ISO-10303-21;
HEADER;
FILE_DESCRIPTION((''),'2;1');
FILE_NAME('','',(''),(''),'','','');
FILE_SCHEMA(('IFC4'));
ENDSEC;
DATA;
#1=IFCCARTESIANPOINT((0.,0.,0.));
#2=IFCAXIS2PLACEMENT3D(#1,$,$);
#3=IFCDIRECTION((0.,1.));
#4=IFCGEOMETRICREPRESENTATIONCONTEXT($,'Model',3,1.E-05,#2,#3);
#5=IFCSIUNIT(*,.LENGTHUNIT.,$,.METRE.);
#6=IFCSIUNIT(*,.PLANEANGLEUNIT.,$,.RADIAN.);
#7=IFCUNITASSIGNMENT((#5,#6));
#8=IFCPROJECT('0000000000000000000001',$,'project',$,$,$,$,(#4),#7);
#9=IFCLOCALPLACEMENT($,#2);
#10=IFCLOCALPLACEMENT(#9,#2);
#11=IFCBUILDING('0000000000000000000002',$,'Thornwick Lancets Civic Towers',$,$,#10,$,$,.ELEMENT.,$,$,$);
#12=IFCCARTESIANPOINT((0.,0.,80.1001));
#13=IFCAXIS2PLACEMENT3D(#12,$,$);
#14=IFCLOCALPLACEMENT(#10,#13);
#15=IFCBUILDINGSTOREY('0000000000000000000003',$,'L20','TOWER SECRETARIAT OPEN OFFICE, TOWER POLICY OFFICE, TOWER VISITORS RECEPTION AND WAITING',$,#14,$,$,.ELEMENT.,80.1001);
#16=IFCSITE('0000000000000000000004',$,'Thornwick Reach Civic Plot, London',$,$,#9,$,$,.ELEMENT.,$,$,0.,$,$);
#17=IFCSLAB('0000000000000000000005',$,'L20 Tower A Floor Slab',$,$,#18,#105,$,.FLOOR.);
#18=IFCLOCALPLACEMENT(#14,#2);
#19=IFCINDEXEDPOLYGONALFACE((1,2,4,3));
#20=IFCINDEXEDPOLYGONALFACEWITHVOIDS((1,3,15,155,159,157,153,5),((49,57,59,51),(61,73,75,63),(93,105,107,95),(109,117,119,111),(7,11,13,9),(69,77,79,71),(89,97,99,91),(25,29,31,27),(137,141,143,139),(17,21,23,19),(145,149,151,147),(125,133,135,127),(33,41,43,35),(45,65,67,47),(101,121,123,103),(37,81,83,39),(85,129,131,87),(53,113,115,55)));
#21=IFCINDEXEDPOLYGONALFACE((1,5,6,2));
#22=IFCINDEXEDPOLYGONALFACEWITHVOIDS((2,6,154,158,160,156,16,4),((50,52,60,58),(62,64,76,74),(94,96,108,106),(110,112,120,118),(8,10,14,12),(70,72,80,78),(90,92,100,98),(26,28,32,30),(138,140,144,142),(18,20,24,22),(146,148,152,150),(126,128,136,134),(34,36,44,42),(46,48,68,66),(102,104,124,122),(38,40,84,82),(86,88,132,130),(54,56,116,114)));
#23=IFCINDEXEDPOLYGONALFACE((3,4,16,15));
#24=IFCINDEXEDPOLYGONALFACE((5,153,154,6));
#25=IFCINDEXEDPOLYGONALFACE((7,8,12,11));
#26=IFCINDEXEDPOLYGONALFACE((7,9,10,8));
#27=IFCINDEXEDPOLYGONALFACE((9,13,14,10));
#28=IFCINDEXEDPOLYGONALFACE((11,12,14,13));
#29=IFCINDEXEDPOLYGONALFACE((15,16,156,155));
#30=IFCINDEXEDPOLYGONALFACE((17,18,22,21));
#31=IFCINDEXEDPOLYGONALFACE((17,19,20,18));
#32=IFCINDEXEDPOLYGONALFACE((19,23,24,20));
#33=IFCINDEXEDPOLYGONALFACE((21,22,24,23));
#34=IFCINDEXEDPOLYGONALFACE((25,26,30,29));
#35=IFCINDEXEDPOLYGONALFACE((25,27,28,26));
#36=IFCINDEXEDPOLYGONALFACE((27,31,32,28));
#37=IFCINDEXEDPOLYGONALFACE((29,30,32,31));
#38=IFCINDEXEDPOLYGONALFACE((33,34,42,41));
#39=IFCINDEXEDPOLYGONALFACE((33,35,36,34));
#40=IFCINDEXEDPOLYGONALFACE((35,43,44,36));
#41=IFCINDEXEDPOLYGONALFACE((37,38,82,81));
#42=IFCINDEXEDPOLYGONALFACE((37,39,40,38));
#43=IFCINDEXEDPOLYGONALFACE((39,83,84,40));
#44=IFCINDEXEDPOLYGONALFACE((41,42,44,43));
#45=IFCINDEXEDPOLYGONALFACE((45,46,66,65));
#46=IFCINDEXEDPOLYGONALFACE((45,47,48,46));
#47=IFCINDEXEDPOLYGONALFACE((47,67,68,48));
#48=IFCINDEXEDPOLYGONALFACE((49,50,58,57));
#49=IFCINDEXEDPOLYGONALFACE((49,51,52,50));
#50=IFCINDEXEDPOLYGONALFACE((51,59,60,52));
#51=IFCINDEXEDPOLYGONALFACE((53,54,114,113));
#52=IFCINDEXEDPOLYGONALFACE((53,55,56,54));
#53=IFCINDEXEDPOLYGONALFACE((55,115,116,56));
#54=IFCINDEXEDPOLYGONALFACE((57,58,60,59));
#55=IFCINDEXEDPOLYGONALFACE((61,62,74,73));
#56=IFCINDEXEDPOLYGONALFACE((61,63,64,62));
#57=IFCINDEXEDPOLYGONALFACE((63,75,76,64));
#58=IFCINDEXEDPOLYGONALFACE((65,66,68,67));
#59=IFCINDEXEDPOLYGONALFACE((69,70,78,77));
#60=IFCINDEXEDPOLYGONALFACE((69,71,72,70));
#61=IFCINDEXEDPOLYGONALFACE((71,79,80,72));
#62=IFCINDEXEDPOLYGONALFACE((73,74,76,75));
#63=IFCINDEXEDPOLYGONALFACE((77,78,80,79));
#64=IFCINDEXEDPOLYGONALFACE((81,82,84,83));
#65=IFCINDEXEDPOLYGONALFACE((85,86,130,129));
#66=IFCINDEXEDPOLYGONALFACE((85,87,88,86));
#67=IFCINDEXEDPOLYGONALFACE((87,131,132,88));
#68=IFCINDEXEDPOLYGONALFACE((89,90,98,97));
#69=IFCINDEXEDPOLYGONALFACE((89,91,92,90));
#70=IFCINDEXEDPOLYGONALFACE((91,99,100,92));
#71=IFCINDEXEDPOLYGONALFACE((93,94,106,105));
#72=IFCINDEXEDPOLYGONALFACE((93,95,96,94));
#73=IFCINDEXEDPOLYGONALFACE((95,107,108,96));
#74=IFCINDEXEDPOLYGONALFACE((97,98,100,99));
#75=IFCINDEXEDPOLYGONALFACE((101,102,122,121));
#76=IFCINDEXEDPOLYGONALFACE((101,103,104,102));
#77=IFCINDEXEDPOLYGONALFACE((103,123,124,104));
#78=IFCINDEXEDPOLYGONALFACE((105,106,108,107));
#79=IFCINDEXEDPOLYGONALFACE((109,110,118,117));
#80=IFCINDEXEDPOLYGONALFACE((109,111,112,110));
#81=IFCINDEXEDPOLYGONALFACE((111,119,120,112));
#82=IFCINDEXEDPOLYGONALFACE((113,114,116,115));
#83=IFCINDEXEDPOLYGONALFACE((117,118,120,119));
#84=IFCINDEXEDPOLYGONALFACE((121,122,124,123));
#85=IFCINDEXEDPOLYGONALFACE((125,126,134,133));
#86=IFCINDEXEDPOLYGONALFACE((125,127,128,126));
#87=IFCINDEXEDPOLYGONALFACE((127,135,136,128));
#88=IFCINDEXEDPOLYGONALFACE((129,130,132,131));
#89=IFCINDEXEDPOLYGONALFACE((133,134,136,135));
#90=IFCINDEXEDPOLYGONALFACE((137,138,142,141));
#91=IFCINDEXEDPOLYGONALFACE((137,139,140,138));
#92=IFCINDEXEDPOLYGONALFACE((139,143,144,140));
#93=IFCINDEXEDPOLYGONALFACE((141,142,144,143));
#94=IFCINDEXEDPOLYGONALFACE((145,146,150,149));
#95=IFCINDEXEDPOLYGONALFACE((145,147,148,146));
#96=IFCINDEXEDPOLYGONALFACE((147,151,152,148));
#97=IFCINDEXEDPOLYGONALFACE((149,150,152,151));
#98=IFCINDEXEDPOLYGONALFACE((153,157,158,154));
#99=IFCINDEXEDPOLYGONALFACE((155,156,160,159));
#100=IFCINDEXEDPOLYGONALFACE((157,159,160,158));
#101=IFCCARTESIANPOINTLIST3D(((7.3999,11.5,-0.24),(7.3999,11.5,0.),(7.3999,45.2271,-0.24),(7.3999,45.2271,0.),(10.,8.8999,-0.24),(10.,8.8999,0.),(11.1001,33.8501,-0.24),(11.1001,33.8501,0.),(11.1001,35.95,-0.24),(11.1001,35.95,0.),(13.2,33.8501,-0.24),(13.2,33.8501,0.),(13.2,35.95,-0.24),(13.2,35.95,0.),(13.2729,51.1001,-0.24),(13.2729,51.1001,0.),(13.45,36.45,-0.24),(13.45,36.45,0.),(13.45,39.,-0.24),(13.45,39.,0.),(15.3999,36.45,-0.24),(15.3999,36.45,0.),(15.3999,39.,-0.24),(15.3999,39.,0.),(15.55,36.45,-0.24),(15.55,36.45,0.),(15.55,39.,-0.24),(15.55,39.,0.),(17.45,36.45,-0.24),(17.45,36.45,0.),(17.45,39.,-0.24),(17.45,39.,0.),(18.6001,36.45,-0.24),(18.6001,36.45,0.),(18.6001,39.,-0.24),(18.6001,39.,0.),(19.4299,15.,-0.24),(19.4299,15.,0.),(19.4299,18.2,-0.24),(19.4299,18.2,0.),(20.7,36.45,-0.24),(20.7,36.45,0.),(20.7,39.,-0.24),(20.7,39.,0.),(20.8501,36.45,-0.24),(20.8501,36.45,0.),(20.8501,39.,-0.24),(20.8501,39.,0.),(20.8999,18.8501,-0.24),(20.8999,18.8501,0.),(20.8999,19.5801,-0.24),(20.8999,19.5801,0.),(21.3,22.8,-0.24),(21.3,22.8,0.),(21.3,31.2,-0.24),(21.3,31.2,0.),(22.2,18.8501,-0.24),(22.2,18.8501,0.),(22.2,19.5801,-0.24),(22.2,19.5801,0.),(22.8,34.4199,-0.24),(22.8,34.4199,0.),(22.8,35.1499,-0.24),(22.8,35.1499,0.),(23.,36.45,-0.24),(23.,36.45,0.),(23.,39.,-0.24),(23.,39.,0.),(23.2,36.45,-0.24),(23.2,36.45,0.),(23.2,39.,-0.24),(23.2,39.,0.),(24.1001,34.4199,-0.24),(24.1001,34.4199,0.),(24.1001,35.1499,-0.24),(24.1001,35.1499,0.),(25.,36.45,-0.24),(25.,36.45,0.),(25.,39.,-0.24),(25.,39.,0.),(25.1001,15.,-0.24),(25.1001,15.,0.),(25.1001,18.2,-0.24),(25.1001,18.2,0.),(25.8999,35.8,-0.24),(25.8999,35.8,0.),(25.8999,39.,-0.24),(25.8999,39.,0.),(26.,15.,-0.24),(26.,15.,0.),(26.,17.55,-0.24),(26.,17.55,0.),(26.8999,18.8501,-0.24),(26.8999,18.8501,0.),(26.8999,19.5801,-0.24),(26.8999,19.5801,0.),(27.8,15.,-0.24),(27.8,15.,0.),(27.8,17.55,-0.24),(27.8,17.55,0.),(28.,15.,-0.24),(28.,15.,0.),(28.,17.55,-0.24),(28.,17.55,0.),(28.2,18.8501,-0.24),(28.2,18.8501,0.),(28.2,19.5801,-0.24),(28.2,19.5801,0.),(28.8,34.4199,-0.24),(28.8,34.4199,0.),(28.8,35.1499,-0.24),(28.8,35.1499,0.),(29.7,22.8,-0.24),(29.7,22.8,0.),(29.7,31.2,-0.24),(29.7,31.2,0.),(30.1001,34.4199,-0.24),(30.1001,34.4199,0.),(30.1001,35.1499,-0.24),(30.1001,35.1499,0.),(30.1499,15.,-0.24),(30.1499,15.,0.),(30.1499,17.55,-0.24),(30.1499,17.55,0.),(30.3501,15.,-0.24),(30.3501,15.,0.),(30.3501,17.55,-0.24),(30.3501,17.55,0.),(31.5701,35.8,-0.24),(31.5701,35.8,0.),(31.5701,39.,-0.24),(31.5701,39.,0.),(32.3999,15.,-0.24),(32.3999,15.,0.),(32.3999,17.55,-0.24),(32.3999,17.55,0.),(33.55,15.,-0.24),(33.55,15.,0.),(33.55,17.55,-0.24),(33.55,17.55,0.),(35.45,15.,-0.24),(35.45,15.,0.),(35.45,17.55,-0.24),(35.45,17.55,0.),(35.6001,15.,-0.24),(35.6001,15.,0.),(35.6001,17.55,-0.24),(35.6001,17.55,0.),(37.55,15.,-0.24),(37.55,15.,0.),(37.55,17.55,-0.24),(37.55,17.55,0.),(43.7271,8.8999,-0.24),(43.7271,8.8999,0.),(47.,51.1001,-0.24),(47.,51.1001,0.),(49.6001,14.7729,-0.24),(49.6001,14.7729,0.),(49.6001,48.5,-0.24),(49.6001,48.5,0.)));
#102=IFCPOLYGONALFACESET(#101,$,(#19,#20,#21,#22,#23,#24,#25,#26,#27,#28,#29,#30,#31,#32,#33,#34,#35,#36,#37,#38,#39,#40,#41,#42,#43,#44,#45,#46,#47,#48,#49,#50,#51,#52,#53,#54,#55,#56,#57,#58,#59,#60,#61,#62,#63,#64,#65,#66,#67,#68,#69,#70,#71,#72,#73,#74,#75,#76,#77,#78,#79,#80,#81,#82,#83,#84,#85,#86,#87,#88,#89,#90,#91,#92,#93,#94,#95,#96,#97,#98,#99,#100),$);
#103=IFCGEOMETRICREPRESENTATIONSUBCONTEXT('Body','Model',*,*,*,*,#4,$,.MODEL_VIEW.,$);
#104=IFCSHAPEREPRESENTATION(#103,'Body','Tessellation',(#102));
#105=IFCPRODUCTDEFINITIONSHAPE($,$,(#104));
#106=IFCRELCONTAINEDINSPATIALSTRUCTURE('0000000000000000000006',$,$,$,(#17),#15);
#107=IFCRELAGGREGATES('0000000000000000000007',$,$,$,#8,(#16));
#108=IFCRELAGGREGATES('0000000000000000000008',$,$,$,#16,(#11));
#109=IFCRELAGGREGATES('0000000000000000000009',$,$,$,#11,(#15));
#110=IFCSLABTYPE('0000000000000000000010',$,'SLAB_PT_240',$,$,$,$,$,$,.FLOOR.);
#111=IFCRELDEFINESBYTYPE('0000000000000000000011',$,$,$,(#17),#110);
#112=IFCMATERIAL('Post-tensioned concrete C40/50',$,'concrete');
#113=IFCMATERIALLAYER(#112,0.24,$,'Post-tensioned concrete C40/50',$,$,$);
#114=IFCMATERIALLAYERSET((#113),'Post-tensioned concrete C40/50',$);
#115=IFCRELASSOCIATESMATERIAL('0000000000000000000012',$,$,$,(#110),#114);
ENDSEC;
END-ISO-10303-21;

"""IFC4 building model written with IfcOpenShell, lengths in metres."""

from ifc_helpers import new_model, si_unit, direction, frame, origin, place, context, subcontext, project, spatial, polyline, outline, extrude, material, layer, layer_set, type_object, element, save


model = new_model("IFC4")

# Units and contexts
model_context = context("Model", 3, precision=1e-05, world=origin(), true_north=direction((0.0, 1.0)))
body_context = subcontext(model_context, "Body", "Model", "MODEL_VIEW")
ifc_project = project(units=[si_unit("LENGTHUNIT", "METRE"), si_unit("PLANEANGLEUNIT", "RADIAN")], contexts=[model_context])

# Site, building, storey
site_placement = place(None, origin())
site = spatial("IfcSite", under=ifc_project, at=site_placement, Name="Thornwick Reach Civic Plot, London", CompositionType="ELEMENT", RefElevation=0.0)
building_placement = place(site_placement, origin())
building = spatial("IfcBuilding", under=site, at=building_placement, Name="Thornwick Lancets Civic Towers", CompositionType="ELEMENT")
storey_placement = place(building_placement, frame((0.0, 0.0, 80.1001)))
storey = spatial("IfcBuildingStorey", under=building, at=storey_placement, Name="L20", Description="TOWER SECRETARIAT OPEN OFFICE, TOWER POLICY OFFICE, TOWER VISITORS RECEPTION AND WAITING", CompositionType="ELEMENT", Elevation=80.1001)

# Shared definitions
ifc_material_1 = material(Name="Post-tensioned concrete C40/50", Category="concrete")

# Slab
ifc_layer_1 = layer(ifc_material_1, 0.24, Name="Post-tensioned concrete C40/50")
ifc_layer_set_1 = layer_set([ifc_layer_1], Name="Post-tensioned concrete C40/50")
slab_type_1 = type_object("IfcSlabType", Name="SLAB_PT_240", PredefinedType="FLOOR", material=ifc_layer_set_1)
slab_1_placement = place(storey_placement, frame((0.0, 0.0, -0.24)))
element("IfcSlab", 1, at=slab_1_placement, inside=storey, type_object=slab_type_1, Name="L20 Tower A Floor Slab", PredefinedType="FLOOR", context=body_context, shape_type="SweptSolid", body=[
    extrude(outline(polyline([(10.0, 8.8999), (43.7271, 8.8999), (49.6001, 14.7729), (49.6001, 48.5), (47.0, 51.1001), (13.2729, 51.1001), (7.3999, 45.2271), (7.3999, 11.5), (10.0, 8.8999)]), holes=[polyline([(21.3, 22.8), (29.7, 22.8), (29.7, 31.2), (21.3, 31.2), (21.3, 22.8)]), polyline([(19.4299, 15.0), (25.1001, 15.0), (25.1001, 18.2), (19.4299, 18.2), (19.4299, 15.0)]), polyline([(31.5701, 39.0), (25.8999, 39.0), (25.8999, 35.8), (31.5701, 35.8), (31.5701, 39.0)]), polyline([(26.0, 15.0), (27.8, 15.0), (27.8, 17.55), (26.0, 17.55), (26.0, 15.0)]), polyline([(28.0, 15.0), (30.1499, 15.0), (30.1499, 17.55), (28.0, 17.55), (28.0, 15.0)]), polyline([(30.3501, 15.0), (32.3999, 15.0), (32.3999, 17.55), (30.3501, 17.55), (30.3501, 15.0)]), polyline([(33.55, 15.0), (35.45, 15.0), (35.45, 17.55), (33.55, 17.55), (33.55, 15.0)]), polyline([(35.6001, 15.0), (37.55, 15.0), (37.55, 17.55), (35.6001, 17.55), (35.6001, 15.0)]), polyline([(23.2, 36.45), (25.0, 36.45), (25.0, 39.0), (23.2, 39.0), (23.2, 36.45)]), polyline([(20.8501, 36.45), (23.0, 36.45), (23.0, 39.0), (20.8501, 39.0), (20.8501, 36.45)]), polyline([(18.6001, 36.45), (20.7, 36.45), (20.7, 39.0), (18.6001, 39.0), (18.6001, 36.45)]), polyline([(15.55, 36.45), (17.45, 36.45), (17.45, 39.0), (15.55, 39.0), (15.55, 36.45)]), polyline([(13.45, 36.45), (15.3999, 36.45), (15.3999, 39.0), (13.45, 39.0), (13.45, 36.45)]), polyline([(11.1001, 33.8501), (13.2, 33.8501), (13.2, 35.95), (11.1001, 35.95), (11.1001, 33.8501)]), polyline([(26.8999, 18.8501), (28.2, 18.8501), (28.2, 19.5801), (26.8999, 19.5801), (26.8999, 18.8501)]), polyline([(20.8999, 18.8501), (22.2, 18.8501), (22.2, 19.5801), (20.8999, 19.5801), (20.8999, 18.8501)]), polyline([(22.8, 34.4199), (24.1001, 34.4199), (24.1001, 35.1499), (22.8, 35.1499), (22.8, 34.4199)]), polyline([(28.8, 34.4199), (30.1001, 34.4199), (30.1001, 35.1499), (28.8, 35.1499), (28.8, 34.4199)])]), origin(), (0.0, 0.0, 1.0), 0.24),
])

save(model, "model.ifc")
